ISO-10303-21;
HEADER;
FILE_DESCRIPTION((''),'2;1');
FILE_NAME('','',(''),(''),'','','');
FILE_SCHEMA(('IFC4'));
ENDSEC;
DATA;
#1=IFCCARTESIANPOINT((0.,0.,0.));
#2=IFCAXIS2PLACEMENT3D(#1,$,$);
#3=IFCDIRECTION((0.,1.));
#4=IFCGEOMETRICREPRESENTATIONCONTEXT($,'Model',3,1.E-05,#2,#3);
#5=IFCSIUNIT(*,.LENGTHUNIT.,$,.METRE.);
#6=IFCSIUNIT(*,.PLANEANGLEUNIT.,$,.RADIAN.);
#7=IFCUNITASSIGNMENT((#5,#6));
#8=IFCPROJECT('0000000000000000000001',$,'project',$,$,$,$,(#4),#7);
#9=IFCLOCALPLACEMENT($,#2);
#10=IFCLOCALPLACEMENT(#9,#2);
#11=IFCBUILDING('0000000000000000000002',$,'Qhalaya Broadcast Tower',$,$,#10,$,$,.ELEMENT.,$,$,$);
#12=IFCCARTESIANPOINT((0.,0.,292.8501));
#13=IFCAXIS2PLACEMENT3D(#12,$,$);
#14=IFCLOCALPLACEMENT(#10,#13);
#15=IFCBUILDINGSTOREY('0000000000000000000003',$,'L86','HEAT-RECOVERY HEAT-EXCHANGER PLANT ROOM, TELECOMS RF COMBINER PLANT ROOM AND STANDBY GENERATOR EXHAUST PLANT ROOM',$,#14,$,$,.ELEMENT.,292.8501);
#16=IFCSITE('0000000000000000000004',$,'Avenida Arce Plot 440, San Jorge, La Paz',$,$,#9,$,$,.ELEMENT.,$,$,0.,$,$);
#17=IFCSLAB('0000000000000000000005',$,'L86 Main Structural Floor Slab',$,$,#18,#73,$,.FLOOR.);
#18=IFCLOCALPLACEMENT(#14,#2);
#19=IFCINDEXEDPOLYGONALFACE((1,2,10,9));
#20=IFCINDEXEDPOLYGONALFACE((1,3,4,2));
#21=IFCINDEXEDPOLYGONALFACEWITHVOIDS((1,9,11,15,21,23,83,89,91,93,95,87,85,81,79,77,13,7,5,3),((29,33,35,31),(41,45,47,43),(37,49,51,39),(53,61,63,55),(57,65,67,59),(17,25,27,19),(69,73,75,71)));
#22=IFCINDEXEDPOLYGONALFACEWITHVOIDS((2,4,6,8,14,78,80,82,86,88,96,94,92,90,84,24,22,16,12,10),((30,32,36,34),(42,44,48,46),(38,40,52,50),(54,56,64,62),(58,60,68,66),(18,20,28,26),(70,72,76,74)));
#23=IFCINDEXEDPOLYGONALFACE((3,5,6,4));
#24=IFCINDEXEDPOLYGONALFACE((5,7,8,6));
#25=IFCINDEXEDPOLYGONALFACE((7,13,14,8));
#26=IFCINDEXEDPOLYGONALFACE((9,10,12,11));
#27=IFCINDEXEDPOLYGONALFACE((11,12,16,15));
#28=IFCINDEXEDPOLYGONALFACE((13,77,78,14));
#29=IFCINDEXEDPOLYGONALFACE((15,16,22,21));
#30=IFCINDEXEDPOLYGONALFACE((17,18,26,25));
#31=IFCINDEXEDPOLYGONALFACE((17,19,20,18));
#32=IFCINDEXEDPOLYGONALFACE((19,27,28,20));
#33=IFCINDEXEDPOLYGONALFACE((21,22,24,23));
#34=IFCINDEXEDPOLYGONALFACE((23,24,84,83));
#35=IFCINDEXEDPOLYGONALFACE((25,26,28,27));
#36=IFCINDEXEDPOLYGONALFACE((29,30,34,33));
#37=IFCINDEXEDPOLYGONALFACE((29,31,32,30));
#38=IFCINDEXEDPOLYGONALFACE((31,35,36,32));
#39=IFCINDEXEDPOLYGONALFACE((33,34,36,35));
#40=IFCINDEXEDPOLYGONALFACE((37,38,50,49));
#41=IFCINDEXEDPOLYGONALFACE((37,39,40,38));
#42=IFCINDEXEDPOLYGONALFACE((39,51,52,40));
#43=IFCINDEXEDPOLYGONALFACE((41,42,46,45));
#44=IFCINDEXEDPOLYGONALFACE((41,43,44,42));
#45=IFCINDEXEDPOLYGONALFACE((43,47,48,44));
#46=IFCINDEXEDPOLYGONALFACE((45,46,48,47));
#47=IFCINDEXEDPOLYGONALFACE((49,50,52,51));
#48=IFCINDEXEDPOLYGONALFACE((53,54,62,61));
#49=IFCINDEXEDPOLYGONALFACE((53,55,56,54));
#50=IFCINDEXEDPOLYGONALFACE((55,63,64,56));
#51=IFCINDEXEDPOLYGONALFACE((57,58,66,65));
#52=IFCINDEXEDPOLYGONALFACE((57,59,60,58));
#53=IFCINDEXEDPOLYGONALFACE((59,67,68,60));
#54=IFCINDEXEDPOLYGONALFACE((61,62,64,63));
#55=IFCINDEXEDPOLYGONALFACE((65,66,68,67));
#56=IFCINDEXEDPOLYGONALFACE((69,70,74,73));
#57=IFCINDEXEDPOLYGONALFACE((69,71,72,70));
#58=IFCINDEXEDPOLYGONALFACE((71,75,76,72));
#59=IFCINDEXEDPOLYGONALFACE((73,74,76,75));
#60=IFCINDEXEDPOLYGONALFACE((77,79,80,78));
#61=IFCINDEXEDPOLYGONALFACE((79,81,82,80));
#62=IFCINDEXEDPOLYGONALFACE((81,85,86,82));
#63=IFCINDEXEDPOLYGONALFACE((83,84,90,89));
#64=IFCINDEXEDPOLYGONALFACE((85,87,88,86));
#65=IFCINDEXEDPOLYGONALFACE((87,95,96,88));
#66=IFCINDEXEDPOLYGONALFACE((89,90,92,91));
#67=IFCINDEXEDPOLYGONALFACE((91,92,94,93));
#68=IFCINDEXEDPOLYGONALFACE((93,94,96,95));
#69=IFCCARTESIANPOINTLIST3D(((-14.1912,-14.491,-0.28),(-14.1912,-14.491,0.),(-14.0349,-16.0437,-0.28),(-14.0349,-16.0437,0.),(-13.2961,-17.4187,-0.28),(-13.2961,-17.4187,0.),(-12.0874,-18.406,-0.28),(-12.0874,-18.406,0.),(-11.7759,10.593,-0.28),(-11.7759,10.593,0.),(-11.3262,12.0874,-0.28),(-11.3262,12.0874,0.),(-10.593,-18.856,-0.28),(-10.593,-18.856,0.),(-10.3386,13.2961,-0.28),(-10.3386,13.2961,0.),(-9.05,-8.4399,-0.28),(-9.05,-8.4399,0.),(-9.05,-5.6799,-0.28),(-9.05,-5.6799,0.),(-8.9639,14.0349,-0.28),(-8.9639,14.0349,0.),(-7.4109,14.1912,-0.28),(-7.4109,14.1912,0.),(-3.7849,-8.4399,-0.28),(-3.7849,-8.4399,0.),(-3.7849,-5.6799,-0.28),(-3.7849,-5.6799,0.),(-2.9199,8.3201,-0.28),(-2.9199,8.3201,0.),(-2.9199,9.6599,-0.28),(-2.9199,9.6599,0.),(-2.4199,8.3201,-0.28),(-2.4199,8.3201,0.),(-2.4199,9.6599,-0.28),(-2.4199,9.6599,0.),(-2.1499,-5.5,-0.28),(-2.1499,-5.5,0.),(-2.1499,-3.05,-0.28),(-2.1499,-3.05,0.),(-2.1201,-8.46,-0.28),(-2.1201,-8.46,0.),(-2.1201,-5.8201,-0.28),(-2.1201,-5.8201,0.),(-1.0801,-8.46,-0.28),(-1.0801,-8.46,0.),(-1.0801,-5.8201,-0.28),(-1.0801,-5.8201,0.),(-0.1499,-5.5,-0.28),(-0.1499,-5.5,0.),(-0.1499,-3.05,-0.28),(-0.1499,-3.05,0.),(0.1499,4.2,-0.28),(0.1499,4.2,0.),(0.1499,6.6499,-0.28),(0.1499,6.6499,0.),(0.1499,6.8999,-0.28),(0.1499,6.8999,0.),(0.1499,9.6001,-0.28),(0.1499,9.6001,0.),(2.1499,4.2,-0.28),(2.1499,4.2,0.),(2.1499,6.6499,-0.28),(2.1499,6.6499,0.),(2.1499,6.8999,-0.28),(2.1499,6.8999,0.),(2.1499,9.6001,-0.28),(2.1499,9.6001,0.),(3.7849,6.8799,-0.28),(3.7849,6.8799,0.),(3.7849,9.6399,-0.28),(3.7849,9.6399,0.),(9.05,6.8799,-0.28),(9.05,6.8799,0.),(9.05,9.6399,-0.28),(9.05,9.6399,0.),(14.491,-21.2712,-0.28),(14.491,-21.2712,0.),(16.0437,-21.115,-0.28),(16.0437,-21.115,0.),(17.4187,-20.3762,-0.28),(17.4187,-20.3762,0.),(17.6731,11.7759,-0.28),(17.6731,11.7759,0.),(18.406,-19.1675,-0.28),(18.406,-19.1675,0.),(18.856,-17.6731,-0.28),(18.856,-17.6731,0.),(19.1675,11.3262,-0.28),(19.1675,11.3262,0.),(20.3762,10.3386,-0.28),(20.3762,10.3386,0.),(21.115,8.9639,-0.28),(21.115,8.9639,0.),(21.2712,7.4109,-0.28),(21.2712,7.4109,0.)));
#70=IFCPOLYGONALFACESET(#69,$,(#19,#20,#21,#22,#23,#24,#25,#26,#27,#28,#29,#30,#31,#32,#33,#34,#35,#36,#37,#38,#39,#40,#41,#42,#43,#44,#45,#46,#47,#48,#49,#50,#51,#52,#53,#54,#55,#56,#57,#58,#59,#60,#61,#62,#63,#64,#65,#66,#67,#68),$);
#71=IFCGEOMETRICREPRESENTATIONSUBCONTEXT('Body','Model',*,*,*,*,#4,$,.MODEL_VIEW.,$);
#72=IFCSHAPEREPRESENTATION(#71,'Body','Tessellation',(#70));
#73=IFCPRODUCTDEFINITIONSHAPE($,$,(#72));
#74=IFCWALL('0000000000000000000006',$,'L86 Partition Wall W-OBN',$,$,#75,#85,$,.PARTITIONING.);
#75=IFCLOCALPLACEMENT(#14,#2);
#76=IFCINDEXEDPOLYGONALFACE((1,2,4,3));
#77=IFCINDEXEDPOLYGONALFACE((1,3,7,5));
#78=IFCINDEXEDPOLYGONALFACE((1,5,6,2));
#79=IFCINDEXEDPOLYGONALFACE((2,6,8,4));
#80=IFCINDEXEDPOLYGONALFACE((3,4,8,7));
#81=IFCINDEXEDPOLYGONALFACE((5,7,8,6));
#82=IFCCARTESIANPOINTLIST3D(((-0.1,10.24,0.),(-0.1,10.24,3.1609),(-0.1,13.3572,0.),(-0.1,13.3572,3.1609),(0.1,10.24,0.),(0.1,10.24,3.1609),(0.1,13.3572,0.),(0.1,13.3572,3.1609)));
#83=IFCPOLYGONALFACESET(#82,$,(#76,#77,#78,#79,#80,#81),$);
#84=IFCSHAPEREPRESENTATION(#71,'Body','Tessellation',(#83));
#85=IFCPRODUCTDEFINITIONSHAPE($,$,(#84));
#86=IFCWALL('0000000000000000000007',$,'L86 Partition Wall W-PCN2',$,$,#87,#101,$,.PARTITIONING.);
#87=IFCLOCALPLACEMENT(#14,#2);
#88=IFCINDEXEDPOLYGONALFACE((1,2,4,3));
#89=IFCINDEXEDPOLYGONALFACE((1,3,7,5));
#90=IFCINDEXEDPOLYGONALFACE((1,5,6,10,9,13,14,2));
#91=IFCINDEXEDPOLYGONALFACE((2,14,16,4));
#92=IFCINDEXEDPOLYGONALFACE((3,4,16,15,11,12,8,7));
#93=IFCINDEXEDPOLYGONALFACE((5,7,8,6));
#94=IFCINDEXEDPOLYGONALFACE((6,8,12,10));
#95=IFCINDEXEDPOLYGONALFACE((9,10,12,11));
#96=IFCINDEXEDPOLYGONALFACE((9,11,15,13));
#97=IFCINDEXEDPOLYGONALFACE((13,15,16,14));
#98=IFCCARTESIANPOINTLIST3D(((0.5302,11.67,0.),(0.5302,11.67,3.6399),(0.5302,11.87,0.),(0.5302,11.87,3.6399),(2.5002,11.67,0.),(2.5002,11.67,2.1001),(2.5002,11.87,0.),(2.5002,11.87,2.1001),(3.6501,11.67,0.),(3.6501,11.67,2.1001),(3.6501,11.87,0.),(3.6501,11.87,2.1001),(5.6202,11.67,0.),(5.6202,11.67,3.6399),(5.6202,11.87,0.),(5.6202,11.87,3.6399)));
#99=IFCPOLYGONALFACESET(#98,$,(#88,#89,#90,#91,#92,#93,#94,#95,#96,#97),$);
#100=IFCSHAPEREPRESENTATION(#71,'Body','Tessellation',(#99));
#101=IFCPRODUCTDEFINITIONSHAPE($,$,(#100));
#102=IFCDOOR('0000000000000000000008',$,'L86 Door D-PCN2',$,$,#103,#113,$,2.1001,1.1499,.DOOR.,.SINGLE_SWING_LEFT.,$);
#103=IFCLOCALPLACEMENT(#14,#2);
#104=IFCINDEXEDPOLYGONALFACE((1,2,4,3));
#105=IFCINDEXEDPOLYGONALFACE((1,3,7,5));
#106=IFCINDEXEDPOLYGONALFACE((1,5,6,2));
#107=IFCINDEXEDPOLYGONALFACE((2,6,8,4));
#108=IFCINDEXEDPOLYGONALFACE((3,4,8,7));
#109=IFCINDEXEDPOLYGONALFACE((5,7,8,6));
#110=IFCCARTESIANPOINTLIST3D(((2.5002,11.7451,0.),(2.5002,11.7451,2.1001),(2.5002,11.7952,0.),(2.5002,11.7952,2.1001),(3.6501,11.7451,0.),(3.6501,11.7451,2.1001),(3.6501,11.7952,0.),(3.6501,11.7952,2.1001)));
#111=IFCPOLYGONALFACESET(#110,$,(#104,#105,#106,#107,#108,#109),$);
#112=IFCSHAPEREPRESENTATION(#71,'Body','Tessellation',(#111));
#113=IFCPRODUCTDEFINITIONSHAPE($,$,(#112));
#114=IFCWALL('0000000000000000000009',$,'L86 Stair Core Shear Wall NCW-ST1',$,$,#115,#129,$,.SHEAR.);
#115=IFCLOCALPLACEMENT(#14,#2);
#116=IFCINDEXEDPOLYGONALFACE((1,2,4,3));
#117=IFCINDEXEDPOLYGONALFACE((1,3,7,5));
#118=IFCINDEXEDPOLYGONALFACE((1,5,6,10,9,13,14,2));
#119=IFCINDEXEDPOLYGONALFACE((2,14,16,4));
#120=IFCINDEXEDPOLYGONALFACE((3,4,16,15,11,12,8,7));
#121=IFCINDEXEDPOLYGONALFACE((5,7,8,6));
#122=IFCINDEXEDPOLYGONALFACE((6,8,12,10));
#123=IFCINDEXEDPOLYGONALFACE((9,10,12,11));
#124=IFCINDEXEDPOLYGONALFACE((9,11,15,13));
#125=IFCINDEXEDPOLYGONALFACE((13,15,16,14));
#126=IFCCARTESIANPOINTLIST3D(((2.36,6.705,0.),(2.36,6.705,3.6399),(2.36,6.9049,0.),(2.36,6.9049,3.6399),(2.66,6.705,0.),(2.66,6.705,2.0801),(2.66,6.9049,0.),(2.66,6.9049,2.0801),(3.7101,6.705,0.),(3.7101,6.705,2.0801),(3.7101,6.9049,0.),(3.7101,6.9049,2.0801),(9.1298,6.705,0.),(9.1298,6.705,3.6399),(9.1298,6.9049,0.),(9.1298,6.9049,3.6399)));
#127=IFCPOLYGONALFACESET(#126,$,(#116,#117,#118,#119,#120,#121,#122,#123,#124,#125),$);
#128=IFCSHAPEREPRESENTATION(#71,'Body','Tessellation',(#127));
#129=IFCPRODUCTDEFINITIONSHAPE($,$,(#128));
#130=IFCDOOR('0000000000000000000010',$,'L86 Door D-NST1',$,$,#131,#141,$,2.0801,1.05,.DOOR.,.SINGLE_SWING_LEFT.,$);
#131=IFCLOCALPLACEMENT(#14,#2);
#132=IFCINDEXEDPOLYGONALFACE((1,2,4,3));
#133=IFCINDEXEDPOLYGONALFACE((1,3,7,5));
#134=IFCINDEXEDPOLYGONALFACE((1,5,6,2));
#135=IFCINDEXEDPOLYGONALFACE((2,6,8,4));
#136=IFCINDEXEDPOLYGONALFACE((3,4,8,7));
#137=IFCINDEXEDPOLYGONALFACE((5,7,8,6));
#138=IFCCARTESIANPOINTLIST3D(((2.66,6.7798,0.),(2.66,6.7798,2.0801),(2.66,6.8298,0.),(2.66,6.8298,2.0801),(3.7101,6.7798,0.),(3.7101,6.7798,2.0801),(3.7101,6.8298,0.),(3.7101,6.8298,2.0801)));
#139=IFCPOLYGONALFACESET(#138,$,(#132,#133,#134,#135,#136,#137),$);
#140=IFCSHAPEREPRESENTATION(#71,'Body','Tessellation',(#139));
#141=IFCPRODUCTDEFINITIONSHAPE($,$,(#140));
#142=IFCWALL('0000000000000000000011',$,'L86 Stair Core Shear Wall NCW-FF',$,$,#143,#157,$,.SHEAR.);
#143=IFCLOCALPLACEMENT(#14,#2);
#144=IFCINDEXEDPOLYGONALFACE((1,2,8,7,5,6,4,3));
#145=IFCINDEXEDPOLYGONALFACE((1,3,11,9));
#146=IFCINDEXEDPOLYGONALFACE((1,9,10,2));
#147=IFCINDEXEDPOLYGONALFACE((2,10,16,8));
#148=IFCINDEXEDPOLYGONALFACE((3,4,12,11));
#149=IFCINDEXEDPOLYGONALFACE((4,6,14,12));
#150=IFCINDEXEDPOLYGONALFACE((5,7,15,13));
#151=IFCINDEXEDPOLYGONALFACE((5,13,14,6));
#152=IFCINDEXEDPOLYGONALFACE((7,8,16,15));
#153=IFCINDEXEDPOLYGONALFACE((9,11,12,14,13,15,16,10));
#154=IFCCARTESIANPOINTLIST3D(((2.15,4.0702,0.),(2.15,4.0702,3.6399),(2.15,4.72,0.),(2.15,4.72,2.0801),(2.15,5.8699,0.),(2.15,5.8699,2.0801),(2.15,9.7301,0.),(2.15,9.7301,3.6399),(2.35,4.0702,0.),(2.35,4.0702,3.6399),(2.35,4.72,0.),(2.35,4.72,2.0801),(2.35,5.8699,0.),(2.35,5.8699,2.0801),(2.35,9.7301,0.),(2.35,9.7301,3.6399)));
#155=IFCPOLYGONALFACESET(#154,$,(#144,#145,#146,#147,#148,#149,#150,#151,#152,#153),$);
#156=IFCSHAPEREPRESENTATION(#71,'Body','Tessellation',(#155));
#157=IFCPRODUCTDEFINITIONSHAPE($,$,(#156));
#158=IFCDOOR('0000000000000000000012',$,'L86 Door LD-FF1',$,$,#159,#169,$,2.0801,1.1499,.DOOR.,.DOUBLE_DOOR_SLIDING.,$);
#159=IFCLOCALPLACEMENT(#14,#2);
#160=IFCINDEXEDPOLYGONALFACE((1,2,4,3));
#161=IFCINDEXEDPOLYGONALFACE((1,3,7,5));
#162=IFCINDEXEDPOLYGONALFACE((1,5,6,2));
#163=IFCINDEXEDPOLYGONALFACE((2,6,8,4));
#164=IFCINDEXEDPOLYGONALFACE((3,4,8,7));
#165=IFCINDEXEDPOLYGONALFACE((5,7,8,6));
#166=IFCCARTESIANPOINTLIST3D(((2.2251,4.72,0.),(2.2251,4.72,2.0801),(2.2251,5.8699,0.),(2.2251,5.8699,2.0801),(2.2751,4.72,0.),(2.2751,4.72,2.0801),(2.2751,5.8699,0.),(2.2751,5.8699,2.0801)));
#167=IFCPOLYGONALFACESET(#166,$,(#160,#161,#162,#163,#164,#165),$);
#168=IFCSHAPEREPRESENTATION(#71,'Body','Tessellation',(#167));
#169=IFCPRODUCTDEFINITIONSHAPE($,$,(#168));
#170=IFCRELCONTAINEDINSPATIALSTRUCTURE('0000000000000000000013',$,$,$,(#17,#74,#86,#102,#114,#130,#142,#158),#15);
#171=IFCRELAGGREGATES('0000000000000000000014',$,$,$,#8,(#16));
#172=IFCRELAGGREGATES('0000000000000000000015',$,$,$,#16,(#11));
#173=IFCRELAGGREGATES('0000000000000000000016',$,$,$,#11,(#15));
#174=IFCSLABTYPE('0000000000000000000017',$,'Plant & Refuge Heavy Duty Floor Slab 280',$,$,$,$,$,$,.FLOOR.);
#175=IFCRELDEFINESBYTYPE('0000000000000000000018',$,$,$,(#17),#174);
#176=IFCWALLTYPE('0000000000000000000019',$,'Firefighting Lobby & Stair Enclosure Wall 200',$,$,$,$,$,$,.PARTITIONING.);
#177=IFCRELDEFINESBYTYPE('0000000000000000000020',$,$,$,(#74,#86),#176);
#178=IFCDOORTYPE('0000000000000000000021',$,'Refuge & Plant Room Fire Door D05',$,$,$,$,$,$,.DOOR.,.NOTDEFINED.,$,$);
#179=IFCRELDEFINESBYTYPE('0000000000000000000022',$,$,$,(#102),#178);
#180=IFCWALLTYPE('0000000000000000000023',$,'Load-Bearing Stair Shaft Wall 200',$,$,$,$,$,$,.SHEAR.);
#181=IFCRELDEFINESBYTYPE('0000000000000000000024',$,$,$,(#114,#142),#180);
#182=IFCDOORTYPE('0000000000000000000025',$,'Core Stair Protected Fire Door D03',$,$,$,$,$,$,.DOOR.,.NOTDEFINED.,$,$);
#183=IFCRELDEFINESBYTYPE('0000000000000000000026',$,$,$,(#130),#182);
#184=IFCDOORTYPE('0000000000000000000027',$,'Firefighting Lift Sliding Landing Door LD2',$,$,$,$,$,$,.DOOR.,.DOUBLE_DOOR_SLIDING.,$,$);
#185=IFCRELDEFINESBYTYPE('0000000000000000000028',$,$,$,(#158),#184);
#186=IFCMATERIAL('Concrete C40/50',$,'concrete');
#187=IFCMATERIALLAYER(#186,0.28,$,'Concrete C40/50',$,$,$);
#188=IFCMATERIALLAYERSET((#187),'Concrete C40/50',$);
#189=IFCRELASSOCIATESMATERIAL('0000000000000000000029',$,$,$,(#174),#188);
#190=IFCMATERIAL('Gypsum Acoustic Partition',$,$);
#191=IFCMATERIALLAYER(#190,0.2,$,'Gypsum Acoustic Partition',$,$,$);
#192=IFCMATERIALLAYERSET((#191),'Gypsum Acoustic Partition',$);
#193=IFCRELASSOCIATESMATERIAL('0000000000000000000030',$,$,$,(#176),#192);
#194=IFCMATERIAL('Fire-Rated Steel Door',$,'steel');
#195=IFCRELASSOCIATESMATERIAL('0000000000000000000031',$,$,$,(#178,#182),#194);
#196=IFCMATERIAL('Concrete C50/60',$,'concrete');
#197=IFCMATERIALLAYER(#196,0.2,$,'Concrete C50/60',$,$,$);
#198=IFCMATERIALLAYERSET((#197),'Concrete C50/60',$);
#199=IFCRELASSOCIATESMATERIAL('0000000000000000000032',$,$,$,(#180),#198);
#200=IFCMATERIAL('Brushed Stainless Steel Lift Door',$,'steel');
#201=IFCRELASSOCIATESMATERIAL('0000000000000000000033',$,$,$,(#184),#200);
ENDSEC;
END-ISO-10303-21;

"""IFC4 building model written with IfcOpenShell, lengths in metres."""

from ifc_helpers import new_model, si_unit, direction, frame, frame_2d, origin, place, context, subcontext, project, spatial, polyline, rectangle, outline, extrude, material, layer, layer_set, type_object, element, fill, save


model = new_model("IFC4")

# Units and contexts
model_context = context("Model", 3, precision=1e-05, world=origin(), true_north=direction((0.0, 1.0)))
body_context = subcontext(model_context, "Body", "Model", "MODEL_VIEW")
ifc_project = project(units=[si_unit("LENGTHUNIT", "METRE"), si_unit("PLANEANGLEUNIT", "RADIAN")], contexts=[model_context])

# Site, building, storey
site_placement = place(None, origin())
site = spatial("IfcSite", under=ifc_project, at=site_placement, Name="Avenida Arce Plot 440, San Jorge, La Paz", CompositionType="ELEMENT", RefElevation=0.0)
building_placement = place(site_placement, origin())
building = spatial("IfcBuilding", under=site, at=building_placement, Name="Qhalaya Broadcast Tower", CompositionType="ELEMENT")
storey_placement = place(building_placement, frame((0.0, 0.0, 292.8501)))
storey = spatial("IfcBuildingStorey", under=building, at=storey_placement, Name="L86", Description="HEAT-RECOVERY HEAT-EXCHANGER PLANT ROOM, TELECOMS RF COMBINER PLANT ROOM AND STANDBY GENERATOR EXHAUST PLANT ROOM", CompositionType="ELEMENT", Elevation=292.8501)

# Shared definitions
ifc_material_1 = material(Name="Concrete C50/60", Category="concrete")

# Slab
ifc_material_2 = material(Name="Concrete C40/50", Category="concrete")
ifc_layer_1 = layer(ifc_material_2, 0.28, Name="Concrete C40/50")
ifc_layer_set_1 = layer_set([ifc_layer_1], Name="Concrete C40/50")
slab_type = type_object("IfcSlabType", Name="Plant & Refuge Heavy Duty Floor Slab 280", PredefinedType="FLOOR", material=ifc_layer_set_1)
slab_placement = place(storey_placement, frame((0.0, 0.0, -0.28)))
element("IfcSlab", 1, at=slab_placement, inside=storey, type_object=slab_type, Name="L86 Main Structural Floor Slab", PredefinedType="FLOOR", context=body_context, shape_type="SweptSolid", body=[
    extrude(outline(polyline([(14.491, -21.2712), (16.0437, -21.115), (17.4187, -20.3762), (18.406, -19.1675), (18.856, -17.6731), (21.2712, 7.4109), (21.115, 8.9639), (20.3762, 10.3386), (19.1675, 11.3262), (17.6731, 11.7759), (-7.4109, 14.1912), (-8.9639, 14.0349), (-10.3386, 13.2961), (-11.3262, 12.0874), (-11.7759, 10.593), (-14.1912, -14.491), (-14.0349, -16.0437), (-13.2961, -17.4187), (-12.0874, -18.406), (-10.593, -18.856), (14.491, -21.2712)]), holes=[polyline([(3.7849, 9.6399), (9.05, 9.6399), (9.05, 6.8799), (3.7849, 6.8799), (3.7849, 9.6399)]), polyline([(-3.7849, -8.4399), (-9.05, -8.4399), (-9.05, -5.6799), (-3.7849, -5.6799), (-3.7849, -8.4399)]), polyline([(0.1499, 6.6499), (2.1499, 6.6499), (2.1499, 4.2), (0.1499, 4.2), (0.1499, 6.6499)]), polyline([(0.1499, 9.6001), (2.1499, 9.6001), (2.1499, 6.8999), (0.1499, 6.8999), (0.1499, 9.6001)]), polyline([(-2.1499, -3.05), (-0.1499, -3.05), (-0.1499, -5.5), (-2.1499, -5.5), (-2.1499, -3.05)]), polyline([(-2.9199, 9.6599), (-2.4199, 9.6599), (-2.4199, 8.3201), (-2.9199, 8.3201), (-2.9199, 9.6599)]), polyline([(-2.1201, -5.8201), (-1.0801, -5.8201), (-1.0801, -8.46), (-2.1201, -8.46), (-2.1201, -5.8201)])]), origin(), (0.0, 0.0, 1.0), 0.28),
])

# Wall
ifc_material_3 = material(Name="Gypsum Acoustic Partition")
ifc_layer_2 = layer(ifc_material_3, 0.2, Name="Gypsum Acoustic Partition")
ifc_layer_set_2 = layer_set([ifc_layer_2], Name="Gypsum Acoustic Partition")
wall_type_1 = type_object("IfcWallType", Name="Firefighting Lobby & Stair Enclosure Wall 200", PredefinedType="PARTITIONING", material=ifc_layer_set_2)
wall_1_placement = place(storey_placement, frame((0.0, 10.24, 0.0), z_axis=(0.0, 0.0, 1.0), x_axis=(0.0, 1.0, 0.0)))
element("IfcWall", 2, at=wall_1_placement, inside=storey, type_object=wall_type_1, Name="L86 Partition Wall W-OBN", PredefinedType="PARTITIONING", context=body_context, shape_type="SweptSolid", body=[
    extrude(rectangle(XDim=3.1172, YDim=0.2, at=frame_2d((1.5586, 0.0))), origin(), (0.0, 0.0, 1.0), 3.1609),
])

# Walls, openings, doors
wall_2_placement = place(storey_placement, frame((5.6201, 11.77, 0.0), z_axis=(0.0, 0.0, 1.0), x_axis=(-1.0, 0.0, 0.0)))
wall_2 = element("IfcWall", 3, at=wall_2_placement, inside=storey, type_object=wall_type_1, Name="L86 Partition Wall W-PCN2", PredefinedType="PARTITIONING", context=body_context, shape_type="SweptSolid", body=[
    extrude(rectangle(XDim=5.0901, YDim=0.2, at=frame_2d((2.5449, 0.0))), origin(), (0.0, 0.0, 1.0), 3.6399),
])
opening_1_placement = place(wall_2_placement, frame((1.97, 0.0, 0.0)))
opening_1 = element("IfcOpeningElement", 4, at=opening_1_placement, cuts=wall_2, PredefinedType="OPENING", context=body_context, shape_type="SweptSolid", body=[
    extrude(rectangle(XDim=1.1499, YDim=2.1001, at=frame_2d((0.575, 1.05))), frame((0.0, 0.1121, 0.0), z_axis=(0.0, -1.0, 0.0), x_axis=(1.0, 0.0, 0.0)), (0.0, 0.0, 1.0), 0.2239),
])
ifc_material_4 = material(Name="Fire-Rated Steel Door", Category="steel")
door_type_1 = type_object("IfcDoorType", Name="Refuge & Plant Room Fire Door D05", OperationType="NOTDEFINED", PredefinedType="DOOR", material=ifc_material_4)
door_1_placement = place(opening_1_placement, origin())
door_1 = element("IfcDoor", 5, at=door_1_placement, inside=storey, type_object=door_type_1, Name="L86 Door D-PCN2", OperationType="SINGLE_SWING_LEFT", OverallHeight=2.1001, OverallWidth=1.1499, PredefinedType="DOOR", context=body_context, shape_type="SweptSolid", body=[
    extrude(rectangle(XDim=1.1499, YDim=2.1001, at=frame_2d((0.575, 1.05))), frame((0.0, 0.0249, 0.0), z_axis=(0.0, -1.0, 0.0), x_axis=(1.0, 0.0, 0.0)), (0.0, 0.0, 1.0), 0.05),
])
fill(opening_1, door_1)
ifc_layer_3 = layer(ifc_material_1, 0.2, Name="Concrete C50/60")
ifc_layer_set_3 = layer_set([ifc_layer_3], Name="Concrete C50/60")
wall_type_2 = type_object("IfcWallType", Name="Load-Bearing Stair Shaft Wall 200", PredefinedType="SHEAR", material=ifc_layer_set_3)
wall_3_placement = place(storey_placement, frame((2.3601, 6.8049, 0.0), z_axis=(0.0, 0.0, 1.0), x_axis=(1.0, 0.0, 0.0)))
wall_3 = element("IfcWall", 6, at=wall_3_placement, inside=storey, type_object=wall_type_2, Name="L86 Stair Core Shear Wall NCW-ST1", PredefinedType="SHEAR", context=body_context, shape_type="SweptSolid", body=[
    extrude(rectangle(XDim=6.7698, YDim=0.2, at=frame_2d((3.3848, 0.0))), origin(), (0.0, 0.0, 1.0), 3.6399),
])
opening_2_placement = place(wall_3_placement, frame((0.3, 0.0, 0.0)))
opening_2 = element("IfcOpeningElement", 7, at=opening_2_placement, cuts=wall_3, PredefinedType="OPENING", context=body_context, shape_type="SweptSolid", body=[
    extrude(rectangle(XDim=1.05, YDim=2.0801, at=frame_2d((0.5249, 1.04))), frame((0.0, 0.1121, 0.0), z_axis=(0.0, -1.0, 0.0), x_axis=(1.0, 0.0, 0.0)), (0.0, 0.0, 1.0), 0.2239),
])
door_type_2 = type_object("IfcDoorType", Name="Core Stair Protected Fire Door D03", OperationType="NOTDEFINED", PredefinedType="DOOR", material=ifc_material_4)
door_2_placement = place(opening_2_placement, origin())
door_2 = element("IfcDoor", 8, at=door_2_placement, inside=storey, type_object=door_type_2, Name="L86 Door D-NST1", OperationType="SINGLE_SWING_LEFT", OverallHeight=2.0801, OverallWidth=1.05, PredefinedType="DOOR", context=body_context, shape_type="SweptSolid", body=[
    extrude(rectangle(XDim=1.05, YDim=2.0801, at=frame_2d((0.5249, 1.04))), frame((0.0, 0.0249, 0.0), z_axis=(0.0, -1.0, 0.0), x_axis=(1.0, 0.0, 0.0)), (0.0, 0.0, 1.0), 0.05),
])
fill(opening_2, door_2)
wall_4_placement = place(storey_placement, frame((2.25, 4.0701, 0.0), z_axis=(0.0, 0.0, 1.0), x_axis=(0.0, 1.0, 0.0)))
wall_4 = element("IfcWall", 9, at=wall_4_placement, inside=storey, type_object=wall_type_2, Name="L86 Stair Core Shear Wall NCW-FF", PredefinedType="SHEAR", context=body_context, shape_type="SweptSolid", body=[
    extrude(rectangle(XDim=5.6599, YDim=0.2, at=frame_2d((2.8301, 0.0))), origin(), (0.0, 0.0, 1.0), 3.6399),
])
opening_3_placement = place(wall_4_placement, frame((0.6499, 0.0, 0.0)))
opening_3 = element("IfcOpeningElement", 10, at=opening_3_placement, cuts=wall_4, PredefinedType="OPENING", context=body_context, shape_type="SweptSolid", body=[
    extrude(rectangle(XDim=1.1499, YDim=2.0801, at=frame_2d((0.575, 1.04))), frame((0.0, 0.1121, 0.0), z_axis=(0.0, -1.0, 0.0), x_axis=(1.0, 0.0, 0.0)), (0.0, 0.0, 1.0), 0.2239),
])
ifc_material_5 = material(Name="Brushed Stainless Steel Lift Door", Category="steel")
door_type_3 = type_object("IfcDoorType", Name="Firefighting Lift Sliding Landing Door LD2", OperationType="DOUBLE_DOOR_SLIDING", PredefinedType="DOOR", material=ifc_material_5)
door_3_placement = place(opening_3_placement, origin())
door_3 = element("IfcDoor", 11, at=door_3_placement, inside=storey, type_object=door_type_3, Name="L86 Door LD-FF1", OperationType="DOUBLE_DOOR_SLIDING", OverallHeight=2.0801, OverallWidth=1.1499, PredefinedType="DOOR", context=body_context, shape_type="SweptSolid", body=[
    extrude(rectangle(XDim=1.1499, YDim=2.0801, at=frame_2d((0.575, 1.04))), frame((0.0, 0.0249, 0.0), z_axis=(0.0, -1.0, 0.0), x_axis=(1.0, 0.0, 0.0)), (0.0, 0.0, 1.0), 0.05),
])
fill(opening_3, door_3)

save(model, "model.ifc")
